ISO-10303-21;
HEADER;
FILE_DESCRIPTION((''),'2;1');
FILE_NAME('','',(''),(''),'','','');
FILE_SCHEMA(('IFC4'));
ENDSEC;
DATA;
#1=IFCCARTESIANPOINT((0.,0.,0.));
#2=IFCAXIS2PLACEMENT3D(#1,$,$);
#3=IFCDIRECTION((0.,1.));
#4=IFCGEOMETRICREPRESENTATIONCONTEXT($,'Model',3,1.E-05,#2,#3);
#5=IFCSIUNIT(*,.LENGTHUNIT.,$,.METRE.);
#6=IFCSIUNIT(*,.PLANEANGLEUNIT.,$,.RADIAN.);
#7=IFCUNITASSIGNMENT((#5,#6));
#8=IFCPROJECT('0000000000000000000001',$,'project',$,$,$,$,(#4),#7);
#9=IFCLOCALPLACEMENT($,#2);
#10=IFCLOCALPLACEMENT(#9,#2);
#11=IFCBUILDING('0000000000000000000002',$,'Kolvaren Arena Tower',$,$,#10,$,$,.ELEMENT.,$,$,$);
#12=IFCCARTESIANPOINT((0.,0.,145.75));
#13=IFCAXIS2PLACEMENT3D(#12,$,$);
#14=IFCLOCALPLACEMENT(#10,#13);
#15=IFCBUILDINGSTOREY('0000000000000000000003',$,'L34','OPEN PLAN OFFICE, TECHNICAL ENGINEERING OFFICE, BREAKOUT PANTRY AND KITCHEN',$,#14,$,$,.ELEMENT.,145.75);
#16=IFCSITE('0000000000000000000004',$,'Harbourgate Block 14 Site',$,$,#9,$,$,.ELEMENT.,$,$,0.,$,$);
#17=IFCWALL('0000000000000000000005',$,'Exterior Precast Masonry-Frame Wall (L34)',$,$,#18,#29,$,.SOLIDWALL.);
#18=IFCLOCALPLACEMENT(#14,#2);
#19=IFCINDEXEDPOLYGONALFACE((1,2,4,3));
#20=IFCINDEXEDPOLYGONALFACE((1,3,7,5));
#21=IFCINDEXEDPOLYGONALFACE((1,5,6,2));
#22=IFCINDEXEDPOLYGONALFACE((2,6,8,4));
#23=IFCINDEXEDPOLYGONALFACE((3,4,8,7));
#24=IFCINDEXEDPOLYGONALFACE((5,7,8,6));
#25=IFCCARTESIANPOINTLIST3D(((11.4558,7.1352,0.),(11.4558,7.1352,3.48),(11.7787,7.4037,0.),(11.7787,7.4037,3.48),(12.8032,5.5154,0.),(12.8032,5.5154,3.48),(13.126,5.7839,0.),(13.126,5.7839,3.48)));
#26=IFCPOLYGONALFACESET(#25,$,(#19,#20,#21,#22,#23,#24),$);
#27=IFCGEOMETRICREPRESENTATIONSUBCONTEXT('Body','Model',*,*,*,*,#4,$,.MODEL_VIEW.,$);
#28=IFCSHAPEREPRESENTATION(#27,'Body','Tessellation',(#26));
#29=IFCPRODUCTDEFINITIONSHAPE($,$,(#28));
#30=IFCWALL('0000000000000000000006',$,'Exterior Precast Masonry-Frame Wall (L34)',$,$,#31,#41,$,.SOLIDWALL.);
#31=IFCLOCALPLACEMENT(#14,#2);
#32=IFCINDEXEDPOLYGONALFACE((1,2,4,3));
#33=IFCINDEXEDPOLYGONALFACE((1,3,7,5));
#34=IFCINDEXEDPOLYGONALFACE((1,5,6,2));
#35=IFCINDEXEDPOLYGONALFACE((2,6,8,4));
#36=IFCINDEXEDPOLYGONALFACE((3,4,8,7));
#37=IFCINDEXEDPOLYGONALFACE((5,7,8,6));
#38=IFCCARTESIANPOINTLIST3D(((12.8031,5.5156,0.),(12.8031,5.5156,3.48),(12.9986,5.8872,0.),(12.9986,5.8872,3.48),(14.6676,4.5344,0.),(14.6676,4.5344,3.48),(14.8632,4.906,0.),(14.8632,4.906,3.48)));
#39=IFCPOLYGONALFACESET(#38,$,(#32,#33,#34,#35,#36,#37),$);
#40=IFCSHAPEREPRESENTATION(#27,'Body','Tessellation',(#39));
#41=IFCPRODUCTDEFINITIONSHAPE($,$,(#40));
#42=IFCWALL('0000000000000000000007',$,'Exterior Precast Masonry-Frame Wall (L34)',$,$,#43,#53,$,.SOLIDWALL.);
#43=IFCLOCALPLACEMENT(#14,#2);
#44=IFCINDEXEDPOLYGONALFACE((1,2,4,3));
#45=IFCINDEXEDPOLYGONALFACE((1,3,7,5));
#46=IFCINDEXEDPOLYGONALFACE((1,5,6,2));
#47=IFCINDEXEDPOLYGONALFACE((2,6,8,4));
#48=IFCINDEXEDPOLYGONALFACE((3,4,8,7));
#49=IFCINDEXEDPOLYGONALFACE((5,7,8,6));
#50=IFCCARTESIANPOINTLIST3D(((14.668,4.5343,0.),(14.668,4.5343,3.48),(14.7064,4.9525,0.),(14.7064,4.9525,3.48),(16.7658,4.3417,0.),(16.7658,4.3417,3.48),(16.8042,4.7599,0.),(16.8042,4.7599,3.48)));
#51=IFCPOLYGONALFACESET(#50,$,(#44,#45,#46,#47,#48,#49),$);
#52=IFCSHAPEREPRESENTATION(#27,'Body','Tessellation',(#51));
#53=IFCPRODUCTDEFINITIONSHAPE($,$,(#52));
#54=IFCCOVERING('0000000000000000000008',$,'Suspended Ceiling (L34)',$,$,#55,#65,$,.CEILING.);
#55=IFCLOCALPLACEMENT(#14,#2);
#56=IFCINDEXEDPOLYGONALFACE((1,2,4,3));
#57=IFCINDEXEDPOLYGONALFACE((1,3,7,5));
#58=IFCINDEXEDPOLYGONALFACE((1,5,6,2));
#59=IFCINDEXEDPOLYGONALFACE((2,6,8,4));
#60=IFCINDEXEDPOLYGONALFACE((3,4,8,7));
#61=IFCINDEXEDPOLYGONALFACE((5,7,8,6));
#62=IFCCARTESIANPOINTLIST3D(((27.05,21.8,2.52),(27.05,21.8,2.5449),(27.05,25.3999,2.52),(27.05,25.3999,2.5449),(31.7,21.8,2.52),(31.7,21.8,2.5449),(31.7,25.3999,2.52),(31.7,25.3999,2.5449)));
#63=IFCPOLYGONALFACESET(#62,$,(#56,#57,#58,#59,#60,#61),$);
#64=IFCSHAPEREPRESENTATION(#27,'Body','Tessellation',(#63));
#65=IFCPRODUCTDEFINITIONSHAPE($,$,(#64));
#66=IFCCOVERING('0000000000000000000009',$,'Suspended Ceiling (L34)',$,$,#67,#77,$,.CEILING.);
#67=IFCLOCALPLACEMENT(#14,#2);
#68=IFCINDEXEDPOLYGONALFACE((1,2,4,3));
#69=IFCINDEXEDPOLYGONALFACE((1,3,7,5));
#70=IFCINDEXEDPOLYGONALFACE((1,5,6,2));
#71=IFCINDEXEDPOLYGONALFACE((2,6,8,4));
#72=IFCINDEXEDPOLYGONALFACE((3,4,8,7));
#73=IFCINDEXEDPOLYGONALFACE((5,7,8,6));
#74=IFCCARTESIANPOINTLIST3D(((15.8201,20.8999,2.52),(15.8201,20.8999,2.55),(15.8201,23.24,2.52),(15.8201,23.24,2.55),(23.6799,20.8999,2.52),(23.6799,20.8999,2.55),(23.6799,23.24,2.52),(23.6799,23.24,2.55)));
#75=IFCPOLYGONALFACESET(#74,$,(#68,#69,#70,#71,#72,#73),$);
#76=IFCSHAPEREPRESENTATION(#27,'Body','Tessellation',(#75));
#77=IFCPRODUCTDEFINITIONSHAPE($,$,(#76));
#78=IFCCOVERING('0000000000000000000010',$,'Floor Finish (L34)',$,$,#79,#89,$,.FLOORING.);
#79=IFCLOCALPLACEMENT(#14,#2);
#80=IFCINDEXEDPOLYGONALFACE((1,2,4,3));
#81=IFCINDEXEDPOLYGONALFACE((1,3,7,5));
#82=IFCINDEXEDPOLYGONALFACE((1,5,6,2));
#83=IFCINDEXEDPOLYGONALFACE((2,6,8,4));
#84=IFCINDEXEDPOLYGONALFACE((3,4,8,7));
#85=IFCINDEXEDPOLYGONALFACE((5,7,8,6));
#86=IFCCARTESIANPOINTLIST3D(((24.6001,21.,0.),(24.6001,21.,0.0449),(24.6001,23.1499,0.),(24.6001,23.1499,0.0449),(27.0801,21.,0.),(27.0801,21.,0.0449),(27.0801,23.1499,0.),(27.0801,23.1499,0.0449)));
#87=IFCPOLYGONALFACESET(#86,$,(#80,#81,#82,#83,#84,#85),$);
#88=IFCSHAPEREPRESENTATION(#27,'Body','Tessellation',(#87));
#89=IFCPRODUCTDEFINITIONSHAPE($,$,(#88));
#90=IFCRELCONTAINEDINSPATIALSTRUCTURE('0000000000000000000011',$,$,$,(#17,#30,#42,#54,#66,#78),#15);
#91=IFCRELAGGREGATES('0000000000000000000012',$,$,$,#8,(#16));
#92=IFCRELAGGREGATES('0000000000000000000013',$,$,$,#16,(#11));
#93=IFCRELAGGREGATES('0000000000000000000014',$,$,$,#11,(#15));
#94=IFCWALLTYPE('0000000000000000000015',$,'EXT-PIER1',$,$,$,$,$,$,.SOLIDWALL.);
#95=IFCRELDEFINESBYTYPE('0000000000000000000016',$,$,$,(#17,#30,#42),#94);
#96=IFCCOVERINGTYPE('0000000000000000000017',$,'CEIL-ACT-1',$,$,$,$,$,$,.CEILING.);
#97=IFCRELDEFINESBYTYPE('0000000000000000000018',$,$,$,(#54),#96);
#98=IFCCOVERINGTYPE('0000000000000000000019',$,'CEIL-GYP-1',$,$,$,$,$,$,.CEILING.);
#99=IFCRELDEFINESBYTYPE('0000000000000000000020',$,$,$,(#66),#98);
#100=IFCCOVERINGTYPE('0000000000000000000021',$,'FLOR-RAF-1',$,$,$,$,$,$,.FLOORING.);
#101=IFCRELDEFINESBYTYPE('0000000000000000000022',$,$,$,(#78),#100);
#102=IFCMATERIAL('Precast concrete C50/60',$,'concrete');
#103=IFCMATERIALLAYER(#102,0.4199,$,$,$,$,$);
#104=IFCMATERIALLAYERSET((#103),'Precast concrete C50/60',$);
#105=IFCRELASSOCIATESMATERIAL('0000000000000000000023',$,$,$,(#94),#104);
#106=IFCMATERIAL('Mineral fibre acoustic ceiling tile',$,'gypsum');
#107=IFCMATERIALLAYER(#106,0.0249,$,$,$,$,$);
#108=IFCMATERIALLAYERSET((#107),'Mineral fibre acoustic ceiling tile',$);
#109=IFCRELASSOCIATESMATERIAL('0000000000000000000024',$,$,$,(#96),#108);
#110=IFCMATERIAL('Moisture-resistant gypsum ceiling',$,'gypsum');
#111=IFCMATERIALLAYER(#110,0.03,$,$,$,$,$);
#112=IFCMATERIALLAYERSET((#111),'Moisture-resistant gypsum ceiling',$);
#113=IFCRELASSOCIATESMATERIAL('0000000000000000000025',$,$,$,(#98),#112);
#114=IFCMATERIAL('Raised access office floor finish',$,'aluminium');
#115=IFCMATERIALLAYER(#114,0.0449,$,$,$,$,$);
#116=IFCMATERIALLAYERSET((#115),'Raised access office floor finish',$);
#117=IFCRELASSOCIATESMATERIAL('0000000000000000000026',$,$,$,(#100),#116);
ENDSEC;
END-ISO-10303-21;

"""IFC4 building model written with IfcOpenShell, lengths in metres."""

from ifc_helpers import new_model, si_unit, direction, frame, frame_2d, origin, place, context, subcontext, project, spatial, polyline, rectangle, outline, extrude, material, layer, layer_set, type_object, element, save


model = new_model("IFC4")

# Units and contexts
model_context = context("Model", 3, precision=1e-05, world=origin(), true_north=direction((0.0, 1.0)))
body_context = subcontext(model_context, "Body", "Model", "MODEL_VIEW")
ifc_project = project(units=[si_unit("LENGTHUNIT", "METRE"), si_unit("PLANEANGLEUNIT", "RADIAN")], contexts=[model_context])

# Site, building, storey
site_placement = place(None, origin())
site = spatial("IfcSite", under=ifc_project, at=site_placement, Name="Harbourgate Block 14 Site", CompositionType="ELEMENT", RefElevation=0.0)
building_placement = place(site_placement, origin())
building = spatial("IfcBuilding", under=site, at=building_placement, Name="Kolvaren Arena Tower", CompositionType="ELEMENT")
storey_placement = place(building_placement, frame((0.0, 0.0, 145.75)))
storey = spatial("IfcBuildingStorey", under=building, at=storey_placement, Name="L34", Description="OPEN PLAN OFFICE, TECHNICAL ENGINEERING OFFICE, BREAKOUT PANTRY AND KITCHEN", CompositionType="ELEMENT", Elevation=145.75)

# Shared definitions
ifc_material_1 = material(Name="Precast concrete C50/60", Category="concrete")
ifc_layer_1 = layer(ifc_material_1, 0.4199)
ifc_layer_set_1 = layer_set([ifc_layer_1], Name="Precast concrete C50/60")
wall_type = type_object("IfcWallType", Name="EXT-PIER1", PredefinedType="SOLIDWALL", material=ifc_layer_set_1)

# Walls
for number, where, z_axis, x_axis, name in (
    (1, (12.9646, 5.6497, 0.0), (0.0, 0.0, 1.0), (-0.639489, 0.7688, 0.0), "Exterior Precast Masonry-Frame Wall (L34)"),
    (2, (14.7654, 4.7202, 0.0), (0.0, 0.0, 1.0), (-0.884941, 0.465703, 0.0), "Exterior Precast Masonry-Frame Wall (L34)"),
):
    element("IfcWall", number, at=place(storey_placement, frame(where, z_axis=z_axis, x_axis=x_axis)), inside=storey, type_object=wall_type, Name=name, PredefinedType="SOLIDWALL", context=body_context, shape_type="SweptSolid", body=[
        extrude(rectangle(XDim=2.1069, YDim=0.4199, at=frame_2d((1.0535, 0.0))), origin(), (0.0, 0.0, 1.0), 3.48),
    ])
wall_1_placement = place(storey_placement, frame((16.7849, 4.5508, 0.0), z_axis=(0.0, 0.0, 1.0), x_axis=(-0.995811, 0.091434, 0.0)))
element("IfcWall", 3, at=wall_1_placement, inside=storey, type_object=wall_type, Name="Exterior Precast Masonry-Frame Wall (L34)", PredefinedType="SOLIDWALL", context=body_context, shape_type="SweptSolid", body=[
    extrude(rectangle(XDim=2.1067, YDim=0.4199, at=frame_2d((1.0532, 0.0))), origin(), (0.0, 0.0, 1.0), 3.48),
])

# Coverings
ifc_material_2 = material(Name="Mineral fibre acoustic ceiling tile", Category="gypsum")
ifc_layer_2 = layer(ifc_material_2, 0.0249)
ifc_layer_set_2 = layer_set([ifc_layer_2], Name="Mineral fibre acoustic ceiling tile")
covering_type_1 = type_object("IfcCoveringType", Name="CEIL-ACT-1", PredefinedType="CEILING", material=ifc_layer_set_2)
covering_1_placement = place(storey_placement, frame((0.0, 0.0, 2.52)))
element("IfcCovering", 4, at=covering_1_placement, inside=storey, type_object=covering_type_1, Name="Suspended Ceiling (L34)", PredefinedType="CEILING", context=body_context, shape_type="SweptSolid", body=[
    extrude(outline(polyline([(27.05, 21.8), (27.05, 25.3999), (31.7, 25.3999), (31.7, 21.8), (27.05, 21.8)])), origin(), (0.0, 0.0, 1.0), 0.0249),
])
ifc_material_3 = material(Name="Moisture-resistant gypsum ceiling", Category="gypsum")
ifc_layer_3 = layer(ifc_material_3, 0.03)
ifc_layer_set_3 = layer_set([ifc_layer_3], Name="Moisture-resistant gypsum ceiling")
covering_type_2 = type_object("IfcCoveringType", Name="CEIL-GYP-1", PredefinedType="CEILING", material=ifc_layer_set_3)
covering_2_placement = place(storey_placement, frame((0.0, 0.0, 2.52)))
element("IfcCovering", 5, at=covering_2_placement, inside=storey, type_object=covering_type_2, Name="Suspended Ceiling (L34)", PredefinedType="CEILING", context=body_context, shape_type="SweptSolid", body=[
    extrude(outline(polyline([(15.8201, 20.8999), (15.8201, 23.24), (23.6799, 23.24), (23.6799, 20.8999), (15.8201, 20.8999)])), origin(), (0.0, 0.0, 1.0), 0.03),
])
ifc_material_4 = material(Name="Raised access office floor finish", Category="aluminium")
ifc_layer_4 = layer(ifc_material_4, 0.0449)
ifc_layer_set_4 = layer_set([ifc_layer_4], Name="Raised access office floor finish")
covering_type_3 = type_object("IfcCoveringType", Name="FLOR-RAF-1", PredefinedType="FLOORING", material=ifc_layer_set_4)
covering_3_placement = place(storey_placement, origin())
element("IfcCovering", 6, at=covering_3_placement, inside=storey, type_object=covering_type_3, Name="Floor Finish (L34)", PredefinedType="FLOORING", context=body_context, shape_type="SweptSolid", body=[
    extrude(outline(polyline([(24.6001, 21.0), (24.6001, 23.1499), (27.0801, 23.1499), (27.0801, 21.0), (24.6001, 21.0)])), origin(), (0.0, 0.0, 1.0), 0.0449),
])

save(model, "model.ifc")
